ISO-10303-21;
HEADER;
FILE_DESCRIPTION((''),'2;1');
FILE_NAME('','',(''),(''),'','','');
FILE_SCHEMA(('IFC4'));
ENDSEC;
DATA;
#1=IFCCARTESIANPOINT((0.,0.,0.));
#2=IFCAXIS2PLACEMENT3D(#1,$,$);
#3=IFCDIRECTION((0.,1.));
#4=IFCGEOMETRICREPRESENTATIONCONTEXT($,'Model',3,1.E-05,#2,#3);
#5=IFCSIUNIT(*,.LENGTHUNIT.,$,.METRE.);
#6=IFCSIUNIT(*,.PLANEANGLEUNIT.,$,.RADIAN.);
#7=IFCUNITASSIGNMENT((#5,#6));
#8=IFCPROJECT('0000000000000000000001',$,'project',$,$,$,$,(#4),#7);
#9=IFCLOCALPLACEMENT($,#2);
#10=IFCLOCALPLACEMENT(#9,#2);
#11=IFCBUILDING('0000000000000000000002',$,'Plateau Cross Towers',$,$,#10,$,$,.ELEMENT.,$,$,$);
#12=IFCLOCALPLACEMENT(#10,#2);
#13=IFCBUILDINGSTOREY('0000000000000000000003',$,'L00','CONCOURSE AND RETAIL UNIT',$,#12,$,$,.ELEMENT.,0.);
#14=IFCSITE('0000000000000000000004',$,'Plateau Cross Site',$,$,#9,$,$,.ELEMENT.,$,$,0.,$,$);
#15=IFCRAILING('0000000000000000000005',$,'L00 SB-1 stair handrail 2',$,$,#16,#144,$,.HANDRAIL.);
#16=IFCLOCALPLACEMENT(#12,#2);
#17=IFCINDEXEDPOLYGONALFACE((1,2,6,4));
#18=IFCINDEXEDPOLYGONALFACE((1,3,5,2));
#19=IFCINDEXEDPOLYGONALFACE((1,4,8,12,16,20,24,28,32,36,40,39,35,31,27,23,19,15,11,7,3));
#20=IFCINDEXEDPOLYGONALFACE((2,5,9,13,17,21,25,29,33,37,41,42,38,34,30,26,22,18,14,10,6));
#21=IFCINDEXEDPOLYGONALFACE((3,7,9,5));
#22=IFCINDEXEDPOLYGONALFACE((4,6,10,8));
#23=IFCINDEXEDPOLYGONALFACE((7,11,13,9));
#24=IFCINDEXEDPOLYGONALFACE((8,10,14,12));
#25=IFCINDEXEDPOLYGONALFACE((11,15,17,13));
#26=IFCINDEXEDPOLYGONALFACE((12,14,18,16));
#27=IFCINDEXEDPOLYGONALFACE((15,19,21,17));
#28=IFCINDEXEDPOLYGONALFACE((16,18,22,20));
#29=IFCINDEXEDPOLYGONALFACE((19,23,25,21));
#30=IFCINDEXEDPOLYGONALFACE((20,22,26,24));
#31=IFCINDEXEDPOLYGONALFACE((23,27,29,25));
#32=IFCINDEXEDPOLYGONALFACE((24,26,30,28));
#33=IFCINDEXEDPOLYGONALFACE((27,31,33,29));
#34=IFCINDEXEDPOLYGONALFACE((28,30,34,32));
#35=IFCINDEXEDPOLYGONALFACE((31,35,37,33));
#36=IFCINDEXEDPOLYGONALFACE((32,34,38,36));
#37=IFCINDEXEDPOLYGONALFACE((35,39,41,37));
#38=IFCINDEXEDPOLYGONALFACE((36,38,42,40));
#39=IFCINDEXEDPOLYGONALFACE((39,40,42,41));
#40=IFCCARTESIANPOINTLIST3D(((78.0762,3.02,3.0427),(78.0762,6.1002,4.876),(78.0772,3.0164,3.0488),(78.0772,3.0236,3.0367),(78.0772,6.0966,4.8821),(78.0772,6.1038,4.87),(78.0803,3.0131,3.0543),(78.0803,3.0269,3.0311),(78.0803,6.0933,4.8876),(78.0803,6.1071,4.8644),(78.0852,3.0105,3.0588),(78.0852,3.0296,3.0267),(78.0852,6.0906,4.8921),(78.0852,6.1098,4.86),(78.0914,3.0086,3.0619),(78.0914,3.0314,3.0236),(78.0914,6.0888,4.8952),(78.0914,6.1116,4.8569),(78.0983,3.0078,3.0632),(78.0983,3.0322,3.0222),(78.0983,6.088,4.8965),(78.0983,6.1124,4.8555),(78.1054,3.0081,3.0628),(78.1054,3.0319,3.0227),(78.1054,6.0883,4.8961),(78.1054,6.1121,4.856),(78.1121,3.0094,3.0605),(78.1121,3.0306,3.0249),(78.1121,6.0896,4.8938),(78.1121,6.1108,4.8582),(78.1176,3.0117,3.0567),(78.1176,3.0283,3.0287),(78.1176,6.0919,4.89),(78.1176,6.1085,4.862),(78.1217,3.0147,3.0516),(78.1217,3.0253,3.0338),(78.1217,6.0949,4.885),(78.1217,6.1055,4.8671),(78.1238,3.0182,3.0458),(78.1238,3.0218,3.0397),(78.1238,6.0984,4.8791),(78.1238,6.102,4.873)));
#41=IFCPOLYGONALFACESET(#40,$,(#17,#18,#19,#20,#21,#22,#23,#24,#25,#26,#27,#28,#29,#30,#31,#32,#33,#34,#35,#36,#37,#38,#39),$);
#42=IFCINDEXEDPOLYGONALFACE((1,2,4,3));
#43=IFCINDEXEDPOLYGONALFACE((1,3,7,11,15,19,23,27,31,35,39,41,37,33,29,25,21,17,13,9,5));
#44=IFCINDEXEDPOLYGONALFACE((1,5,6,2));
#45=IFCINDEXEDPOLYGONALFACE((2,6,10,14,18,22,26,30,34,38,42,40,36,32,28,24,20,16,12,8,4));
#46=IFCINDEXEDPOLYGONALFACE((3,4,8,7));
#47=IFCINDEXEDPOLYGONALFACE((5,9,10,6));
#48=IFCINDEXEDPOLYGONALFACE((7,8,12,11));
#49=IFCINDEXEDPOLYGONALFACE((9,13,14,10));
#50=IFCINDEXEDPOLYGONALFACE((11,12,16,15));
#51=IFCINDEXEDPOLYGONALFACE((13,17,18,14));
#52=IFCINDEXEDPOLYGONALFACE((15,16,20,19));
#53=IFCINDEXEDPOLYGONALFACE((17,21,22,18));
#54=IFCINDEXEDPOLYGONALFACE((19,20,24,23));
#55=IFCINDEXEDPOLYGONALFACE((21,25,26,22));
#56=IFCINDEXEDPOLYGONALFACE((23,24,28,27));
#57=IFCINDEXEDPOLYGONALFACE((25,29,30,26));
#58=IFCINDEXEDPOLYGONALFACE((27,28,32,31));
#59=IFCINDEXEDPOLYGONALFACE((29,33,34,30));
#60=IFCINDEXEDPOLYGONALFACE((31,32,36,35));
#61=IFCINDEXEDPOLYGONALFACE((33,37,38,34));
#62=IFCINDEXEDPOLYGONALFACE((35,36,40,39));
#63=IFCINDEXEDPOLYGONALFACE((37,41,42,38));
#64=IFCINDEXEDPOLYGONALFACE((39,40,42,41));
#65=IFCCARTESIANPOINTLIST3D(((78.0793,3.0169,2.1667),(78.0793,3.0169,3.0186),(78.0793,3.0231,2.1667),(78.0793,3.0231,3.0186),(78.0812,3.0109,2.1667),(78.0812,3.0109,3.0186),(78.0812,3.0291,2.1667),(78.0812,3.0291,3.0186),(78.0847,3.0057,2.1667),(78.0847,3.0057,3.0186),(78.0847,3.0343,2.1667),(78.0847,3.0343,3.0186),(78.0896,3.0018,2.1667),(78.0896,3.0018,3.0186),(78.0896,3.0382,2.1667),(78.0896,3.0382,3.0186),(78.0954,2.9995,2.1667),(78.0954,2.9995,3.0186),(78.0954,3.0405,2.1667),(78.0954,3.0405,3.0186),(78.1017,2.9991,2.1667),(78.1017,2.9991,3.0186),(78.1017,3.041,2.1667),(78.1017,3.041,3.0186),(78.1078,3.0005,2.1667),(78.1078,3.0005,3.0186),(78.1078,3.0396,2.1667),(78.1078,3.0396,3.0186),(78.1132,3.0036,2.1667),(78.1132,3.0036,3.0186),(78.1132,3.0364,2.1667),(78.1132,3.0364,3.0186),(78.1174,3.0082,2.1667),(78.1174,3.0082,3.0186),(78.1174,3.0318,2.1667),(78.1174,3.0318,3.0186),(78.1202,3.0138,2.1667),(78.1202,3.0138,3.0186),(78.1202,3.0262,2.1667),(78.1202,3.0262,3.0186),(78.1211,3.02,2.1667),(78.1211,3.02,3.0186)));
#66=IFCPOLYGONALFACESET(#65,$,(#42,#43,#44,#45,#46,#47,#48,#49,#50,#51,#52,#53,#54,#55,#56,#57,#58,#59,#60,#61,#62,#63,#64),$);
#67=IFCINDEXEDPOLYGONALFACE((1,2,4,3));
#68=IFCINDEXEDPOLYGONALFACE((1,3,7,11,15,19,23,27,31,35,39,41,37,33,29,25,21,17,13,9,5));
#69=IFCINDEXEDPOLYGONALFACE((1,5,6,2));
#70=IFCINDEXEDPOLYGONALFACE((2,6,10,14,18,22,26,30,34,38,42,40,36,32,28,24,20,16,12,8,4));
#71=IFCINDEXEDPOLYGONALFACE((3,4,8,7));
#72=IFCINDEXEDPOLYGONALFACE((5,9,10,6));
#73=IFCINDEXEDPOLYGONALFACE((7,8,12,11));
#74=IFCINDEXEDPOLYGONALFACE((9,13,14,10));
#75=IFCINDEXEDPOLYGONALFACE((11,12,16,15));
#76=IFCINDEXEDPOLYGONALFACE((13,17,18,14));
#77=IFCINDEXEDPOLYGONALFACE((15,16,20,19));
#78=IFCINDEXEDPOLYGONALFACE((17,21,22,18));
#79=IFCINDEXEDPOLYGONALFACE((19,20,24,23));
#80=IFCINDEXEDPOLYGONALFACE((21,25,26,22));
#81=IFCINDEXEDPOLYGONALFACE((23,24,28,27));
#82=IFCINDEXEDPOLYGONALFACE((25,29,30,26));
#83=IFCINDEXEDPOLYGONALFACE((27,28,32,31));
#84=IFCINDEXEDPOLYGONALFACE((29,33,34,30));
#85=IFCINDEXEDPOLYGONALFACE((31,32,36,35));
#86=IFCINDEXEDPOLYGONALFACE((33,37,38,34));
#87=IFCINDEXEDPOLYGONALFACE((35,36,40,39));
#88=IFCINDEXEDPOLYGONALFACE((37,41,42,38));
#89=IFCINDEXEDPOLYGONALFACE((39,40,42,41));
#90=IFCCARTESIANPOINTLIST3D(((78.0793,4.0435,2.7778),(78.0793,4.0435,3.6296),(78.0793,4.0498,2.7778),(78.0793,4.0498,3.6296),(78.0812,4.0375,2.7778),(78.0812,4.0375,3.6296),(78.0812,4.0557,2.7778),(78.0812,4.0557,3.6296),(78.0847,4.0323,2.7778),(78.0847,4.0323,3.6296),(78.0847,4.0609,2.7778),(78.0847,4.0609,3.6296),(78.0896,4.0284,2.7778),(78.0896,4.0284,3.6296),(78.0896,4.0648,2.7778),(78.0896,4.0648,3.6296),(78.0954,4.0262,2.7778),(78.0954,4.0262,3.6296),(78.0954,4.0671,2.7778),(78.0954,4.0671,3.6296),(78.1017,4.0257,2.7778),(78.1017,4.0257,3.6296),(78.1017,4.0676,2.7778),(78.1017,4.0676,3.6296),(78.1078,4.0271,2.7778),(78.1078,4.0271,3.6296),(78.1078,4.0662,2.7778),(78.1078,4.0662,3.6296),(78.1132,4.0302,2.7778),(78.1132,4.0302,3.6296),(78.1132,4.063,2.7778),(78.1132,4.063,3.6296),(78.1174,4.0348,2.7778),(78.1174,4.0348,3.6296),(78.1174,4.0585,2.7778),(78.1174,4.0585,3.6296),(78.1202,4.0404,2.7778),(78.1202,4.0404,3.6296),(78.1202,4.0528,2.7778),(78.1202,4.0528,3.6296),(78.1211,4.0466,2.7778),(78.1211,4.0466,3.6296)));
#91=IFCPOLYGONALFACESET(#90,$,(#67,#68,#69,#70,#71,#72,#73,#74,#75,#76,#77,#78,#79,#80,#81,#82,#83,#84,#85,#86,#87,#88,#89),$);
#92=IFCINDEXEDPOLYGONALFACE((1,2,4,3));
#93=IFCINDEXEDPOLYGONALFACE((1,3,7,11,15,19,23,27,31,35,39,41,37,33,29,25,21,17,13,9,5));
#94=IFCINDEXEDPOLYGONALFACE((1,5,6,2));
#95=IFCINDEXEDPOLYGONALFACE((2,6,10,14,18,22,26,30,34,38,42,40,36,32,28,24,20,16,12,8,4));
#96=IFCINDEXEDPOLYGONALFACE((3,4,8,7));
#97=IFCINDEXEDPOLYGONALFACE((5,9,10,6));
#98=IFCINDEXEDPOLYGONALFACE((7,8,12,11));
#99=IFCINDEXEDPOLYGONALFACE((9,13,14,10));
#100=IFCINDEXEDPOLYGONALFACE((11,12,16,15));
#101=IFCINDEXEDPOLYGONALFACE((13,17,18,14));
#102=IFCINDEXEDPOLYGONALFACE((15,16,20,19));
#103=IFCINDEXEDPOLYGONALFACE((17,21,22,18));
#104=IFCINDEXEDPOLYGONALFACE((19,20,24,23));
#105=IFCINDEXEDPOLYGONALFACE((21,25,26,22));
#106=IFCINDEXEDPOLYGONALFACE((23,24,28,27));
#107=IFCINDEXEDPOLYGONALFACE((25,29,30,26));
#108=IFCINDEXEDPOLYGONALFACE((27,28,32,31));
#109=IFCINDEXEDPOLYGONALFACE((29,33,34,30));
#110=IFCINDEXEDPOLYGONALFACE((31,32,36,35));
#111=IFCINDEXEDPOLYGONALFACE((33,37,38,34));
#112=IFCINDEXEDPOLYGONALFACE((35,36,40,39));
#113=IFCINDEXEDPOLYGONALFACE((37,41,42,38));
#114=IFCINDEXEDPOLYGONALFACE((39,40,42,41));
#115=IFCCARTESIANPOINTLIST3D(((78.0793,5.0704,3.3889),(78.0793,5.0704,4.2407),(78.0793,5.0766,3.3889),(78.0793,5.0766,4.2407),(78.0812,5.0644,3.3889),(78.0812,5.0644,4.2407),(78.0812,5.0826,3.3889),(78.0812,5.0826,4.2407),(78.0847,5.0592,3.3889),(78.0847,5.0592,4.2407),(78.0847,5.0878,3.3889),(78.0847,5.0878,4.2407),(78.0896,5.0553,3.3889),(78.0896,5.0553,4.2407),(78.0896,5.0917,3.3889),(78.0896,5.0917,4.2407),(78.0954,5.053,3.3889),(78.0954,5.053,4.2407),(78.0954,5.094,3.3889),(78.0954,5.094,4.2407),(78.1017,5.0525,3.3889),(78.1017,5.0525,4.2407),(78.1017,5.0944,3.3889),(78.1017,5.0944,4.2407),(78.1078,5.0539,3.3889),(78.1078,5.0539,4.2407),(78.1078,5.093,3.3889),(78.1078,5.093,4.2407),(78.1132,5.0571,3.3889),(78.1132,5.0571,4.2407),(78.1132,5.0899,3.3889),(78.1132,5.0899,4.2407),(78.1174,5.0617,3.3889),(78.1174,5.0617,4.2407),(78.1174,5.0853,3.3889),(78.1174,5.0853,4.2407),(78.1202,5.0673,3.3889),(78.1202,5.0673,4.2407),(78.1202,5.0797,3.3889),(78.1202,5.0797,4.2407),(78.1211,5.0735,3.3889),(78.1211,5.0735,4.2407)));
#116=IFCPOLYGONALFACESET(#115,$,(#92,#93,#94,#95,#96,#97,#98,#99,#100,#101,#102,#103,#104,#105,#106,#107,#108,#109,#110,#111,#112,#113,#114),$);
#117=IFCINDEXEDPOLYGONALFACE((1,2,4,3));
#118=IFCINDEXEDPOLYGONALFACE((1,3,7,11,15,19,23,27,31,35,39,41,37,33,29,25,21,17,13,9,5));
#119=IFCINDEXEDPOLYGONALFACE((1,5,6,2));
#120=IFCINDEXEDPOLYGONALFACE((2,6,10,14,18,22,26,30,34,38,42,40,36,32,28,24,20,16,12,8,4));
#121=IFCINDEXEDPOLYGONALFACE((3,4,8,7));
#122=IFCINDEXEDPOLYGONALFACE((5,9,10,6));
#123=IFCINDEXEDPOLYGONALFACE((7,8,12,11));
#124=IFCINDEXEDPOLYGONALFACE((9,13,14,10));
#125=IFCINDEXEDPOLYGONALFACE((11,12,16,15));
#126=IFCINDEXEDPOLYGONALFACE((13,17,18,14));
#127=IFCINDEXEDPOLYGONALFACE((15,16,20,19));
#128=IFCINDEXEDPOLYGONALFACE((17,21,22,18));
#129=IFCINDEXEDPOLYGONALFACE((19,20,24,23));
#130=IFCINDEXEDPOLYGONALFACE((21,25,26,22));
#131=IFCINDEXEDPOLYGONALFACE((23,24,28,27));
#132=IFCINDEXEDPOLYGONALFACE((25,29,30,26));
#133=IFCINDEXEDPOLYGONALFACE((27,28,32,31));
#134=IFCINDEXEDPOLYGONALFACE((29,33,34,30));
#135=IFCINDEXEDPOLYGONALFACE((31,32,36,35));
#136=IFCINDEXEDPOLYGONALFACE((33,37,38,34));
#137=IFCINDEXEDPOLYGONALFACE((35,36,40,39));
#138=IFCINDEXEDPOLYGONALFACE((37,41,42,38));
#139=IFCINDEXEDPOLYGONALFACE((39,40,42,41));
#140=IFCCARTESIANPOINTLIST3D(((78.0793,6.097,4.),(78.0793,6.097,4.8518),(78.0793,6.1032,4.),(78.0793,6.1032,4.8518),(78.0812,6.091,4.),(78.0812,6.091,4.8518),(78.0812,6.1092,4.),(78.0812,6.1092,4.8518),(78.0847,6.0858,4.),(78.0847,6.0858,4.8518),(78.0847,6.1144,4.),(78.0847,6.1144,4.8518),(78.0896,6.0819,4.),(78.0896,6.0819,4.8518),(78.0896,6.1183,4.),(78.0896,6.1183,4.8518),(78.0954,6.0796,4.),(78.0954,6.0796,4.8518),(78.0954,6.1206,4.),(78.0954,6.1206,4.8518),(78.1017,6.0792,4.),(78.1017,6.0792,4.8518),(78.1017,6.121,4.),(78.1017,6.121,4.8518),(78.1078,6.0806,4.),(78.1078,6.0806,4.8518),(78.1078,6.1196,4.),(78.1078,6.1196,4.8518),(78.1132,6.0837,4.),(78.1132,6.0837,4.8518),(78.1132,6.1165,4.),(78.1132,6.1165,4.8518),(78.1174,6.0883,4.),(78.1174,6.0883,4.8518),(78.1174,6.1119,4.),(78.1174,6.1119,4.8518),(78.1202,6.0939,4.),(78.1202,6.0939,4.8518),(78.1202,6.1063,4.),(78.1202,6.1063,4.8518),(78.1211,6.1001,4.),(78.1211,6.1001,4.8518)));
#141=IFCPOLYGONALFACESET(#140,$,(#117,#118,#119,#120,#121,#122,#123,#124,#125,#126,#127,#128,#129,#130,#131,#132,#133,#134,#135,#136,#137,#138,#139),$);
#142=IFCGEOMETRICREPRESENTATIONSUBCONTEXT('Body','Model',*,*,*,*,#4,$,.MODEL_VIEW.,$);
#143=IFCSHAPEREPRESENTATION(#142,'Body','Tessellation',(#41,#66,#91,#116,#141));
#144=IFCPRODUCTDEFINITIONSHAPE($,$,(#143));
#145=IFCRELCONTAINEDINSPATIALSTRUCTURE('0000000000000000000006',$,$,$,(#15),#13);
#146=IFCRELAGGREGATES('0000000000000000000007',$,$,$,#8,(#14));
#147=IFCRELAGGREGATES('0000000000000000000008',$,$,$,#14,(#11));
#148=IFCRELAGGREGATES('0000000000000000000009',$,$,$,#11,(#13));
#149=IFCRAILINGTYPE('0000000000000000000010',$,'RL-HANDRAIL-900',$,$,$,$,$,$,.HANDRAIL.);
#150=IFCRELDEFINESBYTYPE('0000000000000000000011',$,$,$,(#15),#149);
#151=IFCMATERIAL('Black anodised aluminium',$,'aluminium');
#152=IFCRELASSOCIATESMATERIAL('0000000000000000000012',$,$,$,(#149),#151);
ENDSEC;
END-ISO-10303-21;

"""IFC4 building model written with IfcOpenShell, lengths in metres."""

from ifc_helpers import new_model, si_unit, direction, frame, origin, origin_2d, place, context, subcontext, project, spatial, circle, extrude, material, type_object, element, save


model = new_model("IFC4")

# Units and contexts
model_context = context("Model", 3, precision=1e-05, world=origin(), true_north=direction((0.0, 1.0)))
body_context = subcontext(model_context, "Body", "Model", "MODEL_VIEW")
ifc_project = project(units=[si_unit("LENGTHUNIT", "METRE"), si_unit("PLANEANGLEUNIT", "RADIAN")], contexts=[model_context])

# Site, building, storey
site_placement = place(None, origin())
site = spatial("IfcSite", under=ifc_project, at=site_placement, Name="Plateau Cross Site", CompositionType="ELEMENT", RefElevation=0.0)
building_placement = place(site_placement, origin())
building = spatial("IfcBuilding", under=site, at=building_placement, Name="Plateau Cross Towers", CompositionType="ELEMENT")
storey_placement = place(building_placement, origin())
storey = spatial("IfcBuildingStorey", under=building, at=storey_placement, Name="L00", Description="CONCOURSE AND RETAIL UNIT", CompositionType="ELEMENT", Elevation=0.0)

# Railing
ifc_material_1 = material(Name="Black anodised aluminium", Category="aluminium")
railing_type_1 = type_object("IfcRailingType", Name="RL-HANDRAIL-900", PredefinedType="HANDRAIL", material=ifc_material_1)
railing_1_placement = place(storey_placement, frame((78.1001, 3.02, 2.1667)))
element("IfcRailing", 1, at=railing_1_placement, inside=storey, type_object=railing_type_1, Name="L00 SB-1 stair handrail 2", PredefinedType="HANDRAIL", context=body_context, shape_type="SweptSolid", body=[
    extrude(circle(Radius=0.0239, at=origin_2d()), frame((0.0, 0.0, 0.876), z_axis=(0.0, 0.859309, 0.511458), x_axis=(-1.0, 0.0, 0.0)), (0.0, 0.0, 1.0), 3.5845),
    extrude(circle(Radius=0.021, at=origin_2d()), origin(), (0.0, 0.0, 1.0), 0.8518),
    extrude(circle(Radius=0.021, at=origin_2d()), frame((0.0, 1.0266, 0.6111)), (0.0, 0.0, 1.0), 0.8518),
    extrude(circle(Radius=0.021, at=origin_2d()), frame((0.0, 2.0535, 1.2222)), (0.0, 0.0, 1.0), 0.8518),
    extrude(circle(Radius=0.021, at=origin_2d()), frame((0.0, 3.0801, 1.8333)), (0.0, 0.0, 1.0), 0.8518),
])

save(model, "model.ifc")
